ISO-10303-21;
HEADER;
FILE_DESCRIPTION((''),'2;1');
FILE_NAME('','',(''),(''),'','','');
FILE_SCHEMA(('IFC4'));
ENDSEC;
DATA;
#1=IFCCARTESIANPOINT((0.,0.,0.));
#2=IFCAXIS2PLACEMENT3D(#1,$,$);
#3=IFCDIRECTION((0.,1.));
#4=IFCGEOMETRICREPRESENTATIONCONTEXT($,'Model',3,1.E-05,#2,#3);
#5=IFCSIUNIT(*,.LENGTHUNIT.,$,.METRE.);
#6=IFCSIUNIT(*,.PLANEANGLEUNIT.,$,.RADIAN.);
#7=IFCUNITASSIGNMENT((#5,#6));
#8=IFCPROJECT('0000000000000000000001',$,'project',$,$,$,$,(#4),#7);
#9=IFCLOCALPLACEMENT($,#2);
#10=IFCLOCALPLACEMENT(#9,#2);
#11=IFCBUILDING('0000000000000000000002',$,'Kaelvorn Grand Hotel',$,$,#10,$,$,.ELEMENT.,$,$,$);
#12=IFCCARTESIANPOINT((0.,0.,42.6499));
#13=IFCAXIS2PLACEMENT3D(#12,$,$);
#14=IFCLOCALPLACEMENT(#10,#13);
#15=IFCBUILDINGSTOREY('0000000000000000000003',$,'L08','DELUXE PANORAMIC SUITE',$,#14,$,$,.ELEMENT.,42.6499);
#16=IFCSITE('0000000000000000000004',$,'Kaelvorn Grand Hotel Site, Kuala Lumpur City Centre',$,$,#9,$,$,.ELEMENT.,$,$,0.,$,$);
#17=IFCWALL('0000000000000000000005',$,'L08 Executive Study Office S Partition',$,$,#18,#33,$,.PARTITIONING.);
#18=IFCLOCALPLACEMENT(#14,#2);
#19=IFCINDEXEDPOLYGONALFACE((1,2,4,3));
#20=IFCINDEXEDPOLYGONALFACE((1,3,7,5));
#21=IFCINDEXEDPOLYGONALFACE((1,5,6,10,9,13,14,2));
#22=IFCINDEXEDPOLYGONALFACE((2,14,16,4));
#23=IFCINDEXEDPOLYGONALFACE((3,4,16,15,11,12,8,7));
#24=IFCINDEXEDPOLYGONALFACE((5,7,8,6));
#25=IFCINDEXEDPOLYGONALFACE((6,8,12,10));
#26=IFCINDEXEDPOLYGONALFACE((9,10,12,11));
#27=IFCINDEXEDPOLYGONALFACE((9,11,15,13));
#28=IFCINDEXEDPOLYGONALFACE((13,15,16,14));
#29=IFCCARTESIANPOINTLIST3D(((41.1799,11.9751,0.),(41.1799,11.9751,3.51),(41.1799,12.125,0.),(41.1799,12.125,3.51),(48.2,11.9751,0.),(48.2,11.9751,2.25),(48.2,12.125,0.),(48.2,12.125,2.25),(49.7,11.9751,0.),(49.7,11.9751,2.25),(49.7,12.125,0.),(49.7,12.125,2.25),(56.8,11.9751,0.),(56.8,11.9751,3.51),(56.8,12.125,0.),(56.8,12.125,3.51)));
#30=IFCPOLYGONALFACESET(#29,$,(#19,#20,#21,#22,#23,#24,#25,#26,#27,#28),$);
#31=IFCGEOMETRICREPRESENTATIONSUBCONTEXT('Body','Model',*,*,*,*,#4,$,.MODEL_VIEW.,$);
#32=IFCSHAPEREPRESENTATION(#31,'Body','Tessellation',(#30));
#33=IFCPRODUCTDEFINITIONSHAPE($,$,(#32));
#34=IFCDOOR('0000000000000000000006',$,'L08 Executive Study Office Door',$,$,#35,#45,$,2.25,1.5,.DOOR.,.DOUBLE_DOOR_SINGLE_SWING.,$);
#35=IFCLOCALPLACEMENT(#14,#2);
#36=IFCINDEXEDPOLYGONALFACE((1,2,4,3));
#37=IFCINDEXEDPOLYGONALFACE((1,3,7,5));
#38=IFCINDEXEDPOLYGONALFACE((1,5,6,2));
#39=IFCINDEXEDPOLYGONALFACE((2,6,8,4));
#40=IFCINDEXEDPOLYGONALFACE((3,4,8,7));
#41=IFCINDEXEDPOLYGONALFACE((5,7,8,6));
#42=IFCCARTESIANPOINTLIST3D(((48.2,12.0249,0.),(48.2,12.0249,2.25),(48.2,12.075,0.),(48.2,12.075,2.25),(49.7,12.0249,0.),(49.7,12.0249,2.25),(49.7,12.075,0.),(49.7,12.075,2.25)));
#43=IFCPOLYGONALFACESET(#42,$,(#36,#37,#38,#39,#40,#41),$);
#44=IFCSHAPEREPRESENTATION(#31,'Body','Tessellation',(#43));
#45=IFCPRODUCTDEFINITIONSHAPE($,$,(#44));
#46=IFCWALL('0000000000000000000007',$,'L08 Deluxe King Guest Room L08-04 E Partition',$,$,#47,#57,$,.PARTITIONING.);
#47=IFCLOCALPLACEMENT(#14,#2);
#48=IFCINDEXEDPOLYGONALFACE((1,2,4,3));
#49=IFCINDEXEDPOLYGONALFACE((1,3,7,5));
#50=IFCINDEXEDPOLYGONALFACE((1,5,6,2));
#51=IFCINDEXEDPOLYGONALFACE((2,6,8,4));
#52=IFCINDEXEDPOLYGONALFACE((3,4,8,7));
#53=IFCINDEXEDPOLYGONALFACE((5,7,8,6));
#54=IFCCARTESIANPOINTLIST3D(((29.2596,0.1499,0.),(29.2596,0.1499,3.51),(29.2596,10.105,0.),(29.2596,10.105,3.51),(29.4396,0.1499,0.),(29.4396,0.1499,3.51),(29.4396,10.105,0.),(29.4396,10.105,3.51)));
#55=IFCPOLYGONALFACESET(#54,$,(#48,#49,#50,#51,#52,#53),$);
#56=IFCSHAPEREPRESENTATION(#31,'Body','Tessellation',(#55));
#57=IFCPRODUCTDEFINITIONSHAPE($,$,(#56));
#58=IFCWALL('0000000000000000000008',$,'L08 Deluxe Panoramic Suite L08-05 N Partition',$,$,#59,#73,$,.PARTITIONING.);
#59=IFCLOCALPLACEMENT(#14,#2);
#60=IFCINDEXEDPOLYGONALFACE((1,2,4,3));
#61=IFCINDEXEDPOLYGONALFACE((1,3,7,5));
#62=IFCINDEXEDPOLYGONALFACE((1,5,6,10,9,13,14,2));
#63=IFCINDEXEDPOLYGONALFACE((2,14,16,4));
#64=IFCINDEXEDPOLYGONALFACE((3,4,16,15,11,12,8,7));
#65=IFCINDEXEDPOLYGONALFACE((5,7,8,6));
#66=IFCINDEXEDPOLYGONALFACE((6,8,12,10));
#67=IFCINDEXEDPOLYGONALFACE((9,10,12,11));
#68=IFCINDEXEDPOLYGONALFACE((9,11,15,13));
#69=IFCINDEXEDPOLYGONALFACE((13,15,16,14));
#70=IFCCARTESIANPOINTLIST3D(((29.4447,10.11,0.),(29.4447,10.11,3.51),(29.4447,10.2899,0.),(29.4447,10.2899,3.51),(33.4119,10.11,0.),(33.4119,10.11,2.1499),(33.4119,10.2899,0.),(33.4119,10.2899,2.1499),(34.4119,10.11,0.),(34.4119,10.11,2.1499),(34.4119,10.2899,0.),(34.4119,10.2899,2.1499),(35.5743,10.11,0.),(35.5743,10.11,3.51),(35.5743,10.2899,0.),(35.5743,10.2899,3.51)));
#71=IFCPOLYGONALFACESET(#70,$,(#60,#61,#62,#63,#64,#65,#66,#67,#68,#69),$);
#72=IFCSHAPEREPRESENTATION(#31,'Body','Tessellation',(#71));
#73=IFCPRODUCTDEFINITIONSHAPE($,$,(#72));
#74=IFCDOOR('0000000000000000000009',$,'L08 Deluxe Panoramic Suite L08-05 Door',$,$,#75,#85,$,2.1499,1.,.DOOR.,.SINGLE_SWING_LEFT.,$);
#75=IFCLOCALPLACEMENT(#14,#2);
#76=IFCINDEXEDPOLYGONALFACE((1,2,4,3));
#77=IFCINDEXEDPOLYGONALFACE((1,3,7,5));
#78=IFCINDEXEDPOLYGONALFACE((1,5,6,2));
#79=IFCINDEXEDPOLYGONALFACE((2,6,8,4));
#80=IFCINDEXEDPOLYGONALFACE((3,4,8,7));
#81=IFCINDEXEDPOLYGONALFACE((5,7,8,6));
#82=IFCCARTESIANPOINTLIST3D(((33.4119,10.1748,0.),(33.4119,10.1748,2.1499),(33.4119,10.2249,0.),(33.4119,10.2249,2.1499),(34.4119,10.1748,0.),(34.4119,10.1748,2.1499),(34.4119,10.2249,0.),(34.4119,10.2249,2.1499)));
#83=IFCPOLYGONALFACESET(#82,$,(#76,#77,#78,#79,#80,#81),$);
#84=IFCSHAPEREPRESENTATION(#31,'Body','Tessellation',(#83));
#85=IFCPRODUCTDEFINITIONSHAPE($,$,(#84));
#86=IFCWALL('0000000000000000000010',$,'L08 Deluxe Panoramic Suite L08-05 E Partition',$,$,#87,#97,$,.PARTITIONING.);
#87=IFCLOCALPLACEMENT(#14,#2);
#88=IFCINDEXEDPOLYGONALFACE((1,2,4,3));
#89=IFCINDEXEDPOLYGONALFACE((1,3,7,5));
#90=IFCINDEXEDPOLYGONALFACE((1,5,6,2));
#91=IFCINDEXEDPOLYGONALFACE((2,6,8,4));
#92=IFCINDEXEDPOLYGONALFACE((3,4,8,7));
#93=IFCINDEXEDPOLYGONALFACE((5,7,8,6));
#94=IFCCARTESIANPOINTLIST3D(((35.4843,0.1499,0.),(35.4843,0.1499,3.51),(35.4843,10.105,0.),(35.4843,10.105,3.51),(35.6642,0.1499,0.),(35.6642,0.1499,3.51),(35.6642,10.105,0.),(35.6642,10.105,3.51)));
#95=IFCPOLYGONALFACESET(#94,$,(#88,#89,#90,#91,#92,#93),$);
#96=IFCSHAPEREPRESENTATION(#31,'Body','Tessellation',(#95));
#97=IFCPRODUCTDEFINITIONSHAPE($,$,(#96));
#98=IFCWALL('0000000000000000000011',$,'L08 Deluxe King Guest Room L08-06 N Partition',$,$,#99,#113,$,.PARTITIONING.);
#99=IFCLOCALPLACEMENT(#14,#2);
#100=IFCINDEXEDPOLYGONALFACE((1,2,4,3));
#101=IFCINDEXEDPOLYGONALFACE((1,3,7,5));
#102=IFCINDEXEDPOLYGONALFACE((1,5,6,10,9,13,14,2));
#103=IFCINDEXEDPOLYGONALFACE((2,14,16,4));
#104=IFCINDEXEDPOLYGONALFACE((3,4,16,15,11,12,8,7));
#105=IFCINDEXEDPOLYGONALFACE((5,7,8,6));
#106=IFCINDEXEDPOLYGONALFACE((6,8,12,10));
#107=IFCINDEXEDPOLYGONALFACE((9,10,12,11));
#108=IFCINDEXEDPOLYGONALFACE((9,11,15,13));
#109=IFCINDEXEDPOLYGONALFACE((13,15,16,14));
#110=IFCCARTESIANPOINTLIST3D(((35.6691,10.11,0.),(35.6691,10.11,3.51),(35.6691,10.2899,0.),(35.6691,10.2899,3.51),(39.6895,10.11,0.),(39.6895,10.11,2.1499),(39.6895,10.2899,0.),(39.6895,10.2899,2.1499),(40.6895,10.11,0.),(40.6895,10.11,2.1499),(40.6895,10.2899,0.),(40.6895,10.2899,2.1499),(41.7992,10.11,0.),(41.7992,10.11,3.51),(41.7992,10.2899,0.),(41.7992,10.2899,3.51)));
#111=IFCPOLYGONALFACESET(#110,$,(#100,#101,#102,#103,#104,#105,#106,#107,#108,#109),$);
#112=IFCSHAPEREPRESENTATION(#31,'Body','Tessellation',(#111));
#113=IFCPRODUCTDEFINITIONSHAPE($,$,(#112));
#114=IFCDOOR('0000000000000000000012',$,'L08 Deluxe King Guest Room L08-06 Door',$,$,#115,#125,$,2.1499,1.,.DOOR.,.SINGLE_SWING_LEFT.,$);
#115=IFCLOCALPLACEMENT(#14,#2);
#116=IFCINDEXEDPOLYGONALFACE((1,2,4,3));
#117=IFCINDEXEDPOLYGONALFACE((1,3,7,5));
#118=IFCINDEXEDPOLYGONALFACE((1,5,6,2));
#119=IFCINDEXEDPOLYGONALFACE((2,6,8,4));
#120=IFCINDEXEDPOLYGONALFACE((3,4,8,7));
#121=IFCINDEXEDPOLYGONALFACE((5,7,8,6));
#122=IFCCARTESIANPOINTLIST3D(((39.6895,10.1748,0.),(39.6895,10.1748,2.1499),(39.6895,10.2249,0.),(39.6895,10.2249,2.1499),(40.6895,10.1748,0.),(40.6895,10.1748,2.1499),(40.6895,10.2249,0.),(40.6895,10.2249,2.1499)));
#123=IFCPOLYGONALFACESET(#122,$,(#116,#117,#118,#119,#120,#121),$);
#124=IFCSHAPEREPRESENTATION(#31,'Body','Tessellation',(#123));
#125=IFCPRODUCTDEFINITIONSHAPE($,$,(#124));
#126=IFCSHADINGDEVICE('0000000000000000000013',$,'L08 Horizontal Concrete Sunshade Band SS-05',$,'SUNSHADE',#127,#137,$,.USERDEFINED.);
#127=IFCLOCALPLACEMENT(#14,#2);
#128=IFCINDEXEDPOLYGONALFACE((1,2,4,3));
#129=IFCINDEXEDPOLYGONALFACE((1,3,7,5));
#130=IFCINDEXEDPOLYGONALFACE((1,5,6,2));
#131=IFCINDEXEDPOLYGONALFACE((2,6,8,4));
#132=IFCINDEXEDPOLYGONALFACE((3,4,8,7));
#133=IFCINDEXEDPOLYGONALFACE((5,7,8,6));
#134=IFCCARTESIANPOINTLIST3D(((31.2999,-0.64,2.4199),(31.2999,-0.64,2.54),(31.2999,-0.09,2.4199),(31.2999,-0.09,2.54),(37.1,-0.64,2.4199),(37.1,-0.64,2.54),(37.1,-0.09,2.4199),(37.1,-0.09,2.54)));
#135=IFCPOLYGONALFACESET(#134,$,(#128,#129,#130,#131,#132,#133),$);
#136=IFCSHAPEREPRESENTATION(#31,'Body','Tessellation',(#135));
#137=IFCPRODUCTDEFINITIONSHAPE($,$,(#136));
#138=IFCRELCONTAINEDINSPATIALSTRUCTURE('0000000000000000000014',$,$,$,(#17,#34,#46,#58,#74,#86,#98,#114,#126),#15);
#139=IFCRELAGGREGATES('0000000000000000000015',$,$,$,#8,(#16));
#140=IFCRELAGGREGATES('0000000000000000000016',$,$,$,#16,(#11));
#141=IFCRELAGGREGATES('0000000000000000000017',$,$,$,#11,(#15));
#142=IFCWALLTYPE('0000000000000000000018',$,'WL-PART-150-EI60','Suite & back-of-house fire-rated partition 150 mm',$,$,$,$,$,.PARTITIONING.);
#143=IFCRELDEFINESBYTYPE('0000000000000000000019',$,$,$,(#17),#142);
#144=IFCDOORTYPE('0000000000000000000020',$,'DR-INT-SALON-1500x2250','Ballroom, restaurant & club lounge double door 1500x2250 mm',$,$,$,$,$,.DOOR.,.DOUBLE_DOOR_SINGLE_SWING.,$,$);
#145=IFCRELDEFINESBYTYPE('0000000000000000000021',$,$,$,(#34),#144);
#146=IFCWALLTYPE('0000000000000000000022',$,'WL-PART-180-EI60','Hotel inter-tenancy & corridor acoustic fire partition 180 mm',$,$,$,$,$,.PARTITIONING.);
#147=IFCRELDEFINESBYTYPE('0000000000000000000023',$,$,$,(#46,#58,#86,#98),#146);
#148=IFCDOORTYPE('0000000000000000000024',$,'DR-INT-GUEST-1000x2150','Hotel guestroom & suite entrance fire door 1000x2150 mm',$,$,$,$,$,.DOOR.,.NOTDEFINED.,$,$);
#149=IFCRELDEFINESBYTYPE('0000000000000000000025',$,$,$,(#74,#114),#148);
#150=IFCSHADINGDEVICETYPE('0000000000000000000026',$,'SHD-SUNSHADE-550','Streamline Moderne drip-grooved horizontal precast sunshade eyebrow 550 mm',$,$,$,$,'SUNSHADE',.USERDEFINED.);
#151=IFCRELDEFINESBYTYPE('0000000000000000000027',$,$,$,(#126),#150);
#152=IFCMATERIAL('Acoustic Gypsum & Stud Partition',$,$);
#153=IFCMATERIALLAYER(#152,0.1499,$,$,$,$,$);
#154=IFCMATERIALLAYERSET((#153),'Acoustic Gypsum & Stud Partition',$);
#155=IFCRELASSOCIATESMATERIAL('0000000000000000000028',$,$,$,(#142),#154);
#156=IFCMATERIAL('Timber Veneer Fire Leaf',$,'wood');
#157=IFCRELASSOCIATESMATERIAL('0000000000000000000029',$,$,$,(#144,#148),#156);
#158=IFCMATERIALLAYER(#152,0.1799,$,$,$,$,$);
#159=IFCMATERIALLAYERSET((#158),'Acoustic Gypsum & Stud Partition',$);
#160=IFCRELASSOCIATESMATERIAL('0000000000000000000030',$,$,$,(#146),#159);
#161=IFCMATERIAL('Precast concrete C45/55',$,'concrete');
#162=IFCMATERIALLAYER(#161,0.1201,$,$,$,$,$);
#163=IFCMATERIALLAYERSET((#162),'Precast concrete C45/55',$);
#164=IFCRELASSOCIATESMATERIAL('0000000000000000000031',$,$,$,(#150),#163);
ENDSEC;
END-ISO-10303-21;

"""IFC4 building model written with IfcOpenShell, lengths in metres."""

from ifc_helpers import new_model, si_unit, direction, frame, frame_2d, origin, origin_2d, place, context, subcontext, project, spatial, rectangle, extrude, material, layer, layer_set, type_object, element, fill, save


model = new_model("IFC4")

# Units and contexts
model_context = context("Model", 3, precision=1e-05, world=origin(), true_north=direction((0.0, 1.0)))
body_context = subcontext(model_context, "Body", "Model", "MODEL_VIEW")
ifc_project = project(units=[si_unit("LENGTHUNIT", "METRE"), si_unit("PLANEANGLEUNIT", "RADIAN")], contexts=[model_context])

# Site, building, storey
site_placement = place(None, origin())
site = spatial("IfcSite", under=ifc_project, at=site_placement, Name="Kaelvorn Grand Hotel Site, Kuala Lumpur City Centre", CompositionType="ELEMENT", RefElevation=0.0)
building_placement = place(site_placement, origin())
building = spatial("IfcBuilding", under=site, at=building_placement, Name="Kaelvorn Grand Hotel", CompositionType="ELEMENT")
storey_placement = place(building_placement, frame((0.0, 0.0, 42.6499)))
storey = spatial("IfcBuildingStorey", under=building, at=storey_placement, Name="L08", Description="DELUXE PANORAMIC SUITE", CompositionType="ELEMENT", Elevation=42.6499)

# Shared definitions
ifc_material_1 = material(Name="Acoustic Gypsum & Stud Partition")
ifc_layer_1 = layer(ifc_material_1, 0.1499)
ifc_layer_set_1 = layer_set([ifc_layer_1], Name="Acoustic Gypsum & Stud Partition")
wall_type_1 = type_object("IfcWallType", Name="WL-PART-150-EI60", Description="Suite & back-of-house fire-rated partition 150 mm", PredefinedType="PARTITIONING", material=ifc_layer_set_1)

# Wall, opening, door
wall_1_placement = place(storey_placement, frame((41.1799, 12.05, 0.0), z_axis=(0.0, 0.0, 1.0), x_axis=(1.0, 0.0, 0.0)))
wall_1 = element("IfcWall", 1, at=wall_1_placement, inside=storey, type_object=wall_type_1, Name="L08 Executive Study Office S Partition", PredefinedType="PARTITIONING", context=body_context, shape_type="SweptSolid", body=[
    extrude(rectangle(XDim=15.6201, YDim=0.1499, at=frame_2d((7.8101, 0.0))), origin(), (0.0, 0.0, 1.0), 3.51),
])
opening_1_placement = place(wall_1_placement, frame((7.02, 0.0, 0.0)))
opening_1 = element("IfcOpeningElement", 2, at=opening_1_placement, cuts=wall_1, PredefinedType="OPENING", context=body_context, shape_type="SweptSolid", body=[
    extrude(rectangle(XDim=1.5, YDim=2.25, at=frame_2d((0.75, 1.125))), frame((0.0, 0.085, 0.0), z_axis=(0.0, -1.0, 0.0), x_axis=(1.0, 0.0, 0.0)), (0.0, 0.0, 1.0), 0.1699),
])
ifc_material_2 = material(Name="Timber Veneer Fire Leaf", Category="wood")
door_type_1 = type_object("IfcDoorType", Name="DR-INT-SALON-1500x2250", Description="Ballroom, restaurant & club lounge double door 1500x2250 mm", OperationType="DOUBLE_DOOR_SINGLE_SWING", PredefinedType="DOOR", material=ifc_material_2)
door_1_placement = place(opening_1_placement, origin())
door_1 = element("IfcDoor", 3, at=door_1_placement, inside=storey, type_object=door_type_1, Name="L08 Executive Study Office Door", OperationType="DOUBLE_DOOR_SINGLE_SWING", OverallHeight=2.25, OverallWidth=1.5, PredefinedType="DOOR", context=body_context, shape_type="SweptSolid", body=[
    extrude(rectangle(XDim=1.5, YDim=2.25, at=frame_2d((0.75, 1.125))), frame((0.0, 0.0249, 0.0), z_axis=(0.0, -1.0, 0.0), x_axis=(1.0, 0.0, 0.0)), (0.0, 0.0, 1.0), 0.05),
])
fill(opening_1, door_1)

# Wall
ifc_layer_2 = layer(ifc_material_1, 0.1799)
ifc_layer_set_2 = layer_set([ifc_layer_2], Name="Acoustic Gypsum & Stud Partition")
wall_type_2 = type_object("IfcWallType", Name="WL-PART-180-EI60", Description="Hotel inter-tenancy & corridor acoustic fire partition 180 mm", PredefinedType="PARTITIONING", material=ifc_layer_set_2)
wall_2_placement = place(storey_placement, frame((29.3496, 0.1499, 0.0), z_axis=(0.0, 0.0, 1.0), x_axis=(0.0, 1.0, 0.0)))
element("IfcWall", 4, at=wall_2_placement, inside=storey, type_object=wall_type_2, Name="L08 Deluxe King Guest Room L08-04 E Partition", PredefinedType="PARTITIONING", context=body_context, shape_type="SweptSolid", body=[
    extrude(rectangle(XDim=9.9551, YDim=0.1799, at=frame_2d((4.9775, 0.0))), origin(), (0.0, 0.0, 1.0), 3.51),
])

# Wall, opening, door
wall_3_placement = place(storey_placement, frame((29.4446, 10.2, 0.0), z_axis=(0.0, 0.0, 1.0), x_axis=(1.0, 0.0, 0.0)))
wall_3 = element("IfcWall", 5, at=wall_3_placement, inside=storey, type_object=wall_type_2, Name="L08 Deluxe Panoramic Suite L08-05 N Partition", PredefinedType="PARTITIONING", context=body_context, shape_type="SweptSolid", body=[
    extrude(rectangle(XDim=6.1296, YDim=0.1799, at=frame_2d((3.0649, 0.0))), origin(), (0.0, 0.0, 1.0), 3.51),
])
opening_2_placement = place(wall_3_placement, frame((3.9673, 0.0, 0.0)))
opening_2 = element("IfcOpeningElement", 6, at=opening_2_placement, cuts=wall_3, PredefinedType="OPENING", context=body_context, shape_type="SweptSolid", body=[
    extrude(rectangle(XDim=1.0, YDim=2.1499, at=frame_2d((0.5, 1.075))), frame((0.0, 0.1001, 0.0), z_axis=(0.0, -1.0, 0.0), x_axis=(1.0, 0.0, 0.0)), (0.0, 0.0, 1.0), 0.2),
])
door_type_2 = type_object("IfcDoorType", Name="DR-INT-GUEST-1000x2150", Description="Hotel guestroom & suite entrance fire door 1000x2150 mm", OperationType="NOTDEFINED", PredefinedType="DOOR", material=ifc_material_2)
door_2_placement = place(opening_2_placement, origin())
door_2 = element("IfcDoor", 7, at=door_2_placement, inside=storey, type_object=door_type_2, Name="L08 Deluxe Panoramic Suite L08-05 Door", OperationType="SINGLE_SWING_LEFT", OverallHeight=2.1499, OverallWidth=1.0, PredefinedType="DOOR", context=body_context, shape_type="SweptSolid", body=[
    extrude(rectangle(XDim=1.0, YDim=2.1499, at=frame_2d((0.5, 1.075))), frame((0.0, 0.0249, 0.0), z_axis=(0.0, -1.0, 0.0), x_axis=(1.0, 0.0, 0.0)), (0.0, 0.0, 1.0), 0.05),
])
fill(opening_2, door_2)

# Wall
wall_4_placement = place(storey_placement, frame((35.5742, 0.1499, 0.0), z_axis=(0.0, 0.0, 1.0), x_axis=(0.0, 1.0, 0.0)))
element("IfcWall", 8, at=wall_4_placement, inside=storey, type_object=wall_type_2, Name="L08 Deluxe Panoramic Suite L08-05 E Partition", PredefinedType="PARTITIONING", context=body_context, shape_type="SweptSolid", body=[
    extrude(rectangle(XDim=9.9551, YDim=0.1799, at=frame_2d((4.9775, 0.0))), origin(), (0.0, 0.0, 1.0), 3.51),
])

# Wall, opening, door
wall_5_placement = place(storey_placement, frame((35.6692, 10.2, 0.0), z_axis=(0.0, 0.0, 1.0), x_axis=(1.0, 0.0, 0.0)))
wall_5 = element("IfcWall", 9, at=wall_5_placement, inside=storey, type_object=wall_type_2, Name="L08 Deluxe King Guest Room L08-06 N Partition", PredefinedType="PARTITIONING", context=body_context, shape_type="SweptSolid", body=[
    extrude(rectangle(XDim=6.1301, YDim=0.1799, at=frame_2d((3.0649, 0.0))), origin(), (0.0, 0.0, 1.0), 3.51),
])
opening_3_placement = place(wall_5_placement, frame((4.0203, 0.0, 0.0)))
opening_3 = element("IfcOpeningElement", 10, at=opening_3_placement, cuts=wall_5, PredefinedType="OPENING", context=body_context, shape_type="SweptSolid", body=[
    extrude(rectangle(XDim=1.0, YDim=2.1499, at=frame_2d((0.5, 1.075))), frame((0.0, 0.1001, 0.0), z_axis=(0.0, -1.0, 0.0), x_axis=(1.0, 0.0, 0.0)), (0.0, 0.0, 1.0), 0.2),
])
door_3_placement = place(opening_3_placement, origin())
door_3 = element("IfcDoor", 11, at=door_3_placement, inside=storey, type_object=door_type_2, Name="L08 Deluxe King Guest Room L08-06 Door", OperationType="SINGLE_SWING_LEFT", OverallHeight=2.1499, OverallWidth=1.0, PredefinedType="DOOR", context=body_context, shape_type="SweptSolid", body=[
    extrude(rectangle(XDim=1.0, YDim=2.1499, at=frame_2d((0.5, 1.075))), frame((0.0, 0.0249, 0.0), z_axis=(0.0, -1.0, 0.0), x_axis=(1.0, 0.0, 0.0)), (0.0, 0.0, 1.0), 0.05),
])
fill(opening_3, door_3)

# Shading device
ifc_material_3 = material(Name="Precast concrete C45/55", Category="concrete")
ifc_layer_3 = layer(ifc_material_3, 0.1201)
ifc_layer_set_3 = layer_set([ifc_layer_3], Name="Precast concrete C45/55")
shading_device_type = type_object("IfcShadingDeviceType", Name="SHD-SUNSHADE-550", Description="Streamline Moderne drip-grooved horizontal precast sunshade eyebrow 550 mm", ElementType="SUNSHADE", PredefinedType="USERDEFINED", material=ifc_layer_set_3)
shading_device_placement = place(storey_placement, frame((34.2, -0.365, 2.4199), z_axis=(0.0, 0.0, 1.0), x_axis=(1.0, 0.0, 0.0)))
element("IfcShadingDevice", 12, at=shading_device_placement, inside=storey, type_object=shading_device_type, Name="L08 Horizontal Concrete Sunshade Band SS-05", ObjectType="SUNSHADE", PredefinedType="USERDEFINED", context=body_context, shape_type="SweptSolid", body=[
    extrude(rectangle(XDim=5.8, YDim=0.55, at=origin_2d()), origin(), (0.0, 0.0, 1.0), 0.1201),
])

save(model, "model.ifc")
